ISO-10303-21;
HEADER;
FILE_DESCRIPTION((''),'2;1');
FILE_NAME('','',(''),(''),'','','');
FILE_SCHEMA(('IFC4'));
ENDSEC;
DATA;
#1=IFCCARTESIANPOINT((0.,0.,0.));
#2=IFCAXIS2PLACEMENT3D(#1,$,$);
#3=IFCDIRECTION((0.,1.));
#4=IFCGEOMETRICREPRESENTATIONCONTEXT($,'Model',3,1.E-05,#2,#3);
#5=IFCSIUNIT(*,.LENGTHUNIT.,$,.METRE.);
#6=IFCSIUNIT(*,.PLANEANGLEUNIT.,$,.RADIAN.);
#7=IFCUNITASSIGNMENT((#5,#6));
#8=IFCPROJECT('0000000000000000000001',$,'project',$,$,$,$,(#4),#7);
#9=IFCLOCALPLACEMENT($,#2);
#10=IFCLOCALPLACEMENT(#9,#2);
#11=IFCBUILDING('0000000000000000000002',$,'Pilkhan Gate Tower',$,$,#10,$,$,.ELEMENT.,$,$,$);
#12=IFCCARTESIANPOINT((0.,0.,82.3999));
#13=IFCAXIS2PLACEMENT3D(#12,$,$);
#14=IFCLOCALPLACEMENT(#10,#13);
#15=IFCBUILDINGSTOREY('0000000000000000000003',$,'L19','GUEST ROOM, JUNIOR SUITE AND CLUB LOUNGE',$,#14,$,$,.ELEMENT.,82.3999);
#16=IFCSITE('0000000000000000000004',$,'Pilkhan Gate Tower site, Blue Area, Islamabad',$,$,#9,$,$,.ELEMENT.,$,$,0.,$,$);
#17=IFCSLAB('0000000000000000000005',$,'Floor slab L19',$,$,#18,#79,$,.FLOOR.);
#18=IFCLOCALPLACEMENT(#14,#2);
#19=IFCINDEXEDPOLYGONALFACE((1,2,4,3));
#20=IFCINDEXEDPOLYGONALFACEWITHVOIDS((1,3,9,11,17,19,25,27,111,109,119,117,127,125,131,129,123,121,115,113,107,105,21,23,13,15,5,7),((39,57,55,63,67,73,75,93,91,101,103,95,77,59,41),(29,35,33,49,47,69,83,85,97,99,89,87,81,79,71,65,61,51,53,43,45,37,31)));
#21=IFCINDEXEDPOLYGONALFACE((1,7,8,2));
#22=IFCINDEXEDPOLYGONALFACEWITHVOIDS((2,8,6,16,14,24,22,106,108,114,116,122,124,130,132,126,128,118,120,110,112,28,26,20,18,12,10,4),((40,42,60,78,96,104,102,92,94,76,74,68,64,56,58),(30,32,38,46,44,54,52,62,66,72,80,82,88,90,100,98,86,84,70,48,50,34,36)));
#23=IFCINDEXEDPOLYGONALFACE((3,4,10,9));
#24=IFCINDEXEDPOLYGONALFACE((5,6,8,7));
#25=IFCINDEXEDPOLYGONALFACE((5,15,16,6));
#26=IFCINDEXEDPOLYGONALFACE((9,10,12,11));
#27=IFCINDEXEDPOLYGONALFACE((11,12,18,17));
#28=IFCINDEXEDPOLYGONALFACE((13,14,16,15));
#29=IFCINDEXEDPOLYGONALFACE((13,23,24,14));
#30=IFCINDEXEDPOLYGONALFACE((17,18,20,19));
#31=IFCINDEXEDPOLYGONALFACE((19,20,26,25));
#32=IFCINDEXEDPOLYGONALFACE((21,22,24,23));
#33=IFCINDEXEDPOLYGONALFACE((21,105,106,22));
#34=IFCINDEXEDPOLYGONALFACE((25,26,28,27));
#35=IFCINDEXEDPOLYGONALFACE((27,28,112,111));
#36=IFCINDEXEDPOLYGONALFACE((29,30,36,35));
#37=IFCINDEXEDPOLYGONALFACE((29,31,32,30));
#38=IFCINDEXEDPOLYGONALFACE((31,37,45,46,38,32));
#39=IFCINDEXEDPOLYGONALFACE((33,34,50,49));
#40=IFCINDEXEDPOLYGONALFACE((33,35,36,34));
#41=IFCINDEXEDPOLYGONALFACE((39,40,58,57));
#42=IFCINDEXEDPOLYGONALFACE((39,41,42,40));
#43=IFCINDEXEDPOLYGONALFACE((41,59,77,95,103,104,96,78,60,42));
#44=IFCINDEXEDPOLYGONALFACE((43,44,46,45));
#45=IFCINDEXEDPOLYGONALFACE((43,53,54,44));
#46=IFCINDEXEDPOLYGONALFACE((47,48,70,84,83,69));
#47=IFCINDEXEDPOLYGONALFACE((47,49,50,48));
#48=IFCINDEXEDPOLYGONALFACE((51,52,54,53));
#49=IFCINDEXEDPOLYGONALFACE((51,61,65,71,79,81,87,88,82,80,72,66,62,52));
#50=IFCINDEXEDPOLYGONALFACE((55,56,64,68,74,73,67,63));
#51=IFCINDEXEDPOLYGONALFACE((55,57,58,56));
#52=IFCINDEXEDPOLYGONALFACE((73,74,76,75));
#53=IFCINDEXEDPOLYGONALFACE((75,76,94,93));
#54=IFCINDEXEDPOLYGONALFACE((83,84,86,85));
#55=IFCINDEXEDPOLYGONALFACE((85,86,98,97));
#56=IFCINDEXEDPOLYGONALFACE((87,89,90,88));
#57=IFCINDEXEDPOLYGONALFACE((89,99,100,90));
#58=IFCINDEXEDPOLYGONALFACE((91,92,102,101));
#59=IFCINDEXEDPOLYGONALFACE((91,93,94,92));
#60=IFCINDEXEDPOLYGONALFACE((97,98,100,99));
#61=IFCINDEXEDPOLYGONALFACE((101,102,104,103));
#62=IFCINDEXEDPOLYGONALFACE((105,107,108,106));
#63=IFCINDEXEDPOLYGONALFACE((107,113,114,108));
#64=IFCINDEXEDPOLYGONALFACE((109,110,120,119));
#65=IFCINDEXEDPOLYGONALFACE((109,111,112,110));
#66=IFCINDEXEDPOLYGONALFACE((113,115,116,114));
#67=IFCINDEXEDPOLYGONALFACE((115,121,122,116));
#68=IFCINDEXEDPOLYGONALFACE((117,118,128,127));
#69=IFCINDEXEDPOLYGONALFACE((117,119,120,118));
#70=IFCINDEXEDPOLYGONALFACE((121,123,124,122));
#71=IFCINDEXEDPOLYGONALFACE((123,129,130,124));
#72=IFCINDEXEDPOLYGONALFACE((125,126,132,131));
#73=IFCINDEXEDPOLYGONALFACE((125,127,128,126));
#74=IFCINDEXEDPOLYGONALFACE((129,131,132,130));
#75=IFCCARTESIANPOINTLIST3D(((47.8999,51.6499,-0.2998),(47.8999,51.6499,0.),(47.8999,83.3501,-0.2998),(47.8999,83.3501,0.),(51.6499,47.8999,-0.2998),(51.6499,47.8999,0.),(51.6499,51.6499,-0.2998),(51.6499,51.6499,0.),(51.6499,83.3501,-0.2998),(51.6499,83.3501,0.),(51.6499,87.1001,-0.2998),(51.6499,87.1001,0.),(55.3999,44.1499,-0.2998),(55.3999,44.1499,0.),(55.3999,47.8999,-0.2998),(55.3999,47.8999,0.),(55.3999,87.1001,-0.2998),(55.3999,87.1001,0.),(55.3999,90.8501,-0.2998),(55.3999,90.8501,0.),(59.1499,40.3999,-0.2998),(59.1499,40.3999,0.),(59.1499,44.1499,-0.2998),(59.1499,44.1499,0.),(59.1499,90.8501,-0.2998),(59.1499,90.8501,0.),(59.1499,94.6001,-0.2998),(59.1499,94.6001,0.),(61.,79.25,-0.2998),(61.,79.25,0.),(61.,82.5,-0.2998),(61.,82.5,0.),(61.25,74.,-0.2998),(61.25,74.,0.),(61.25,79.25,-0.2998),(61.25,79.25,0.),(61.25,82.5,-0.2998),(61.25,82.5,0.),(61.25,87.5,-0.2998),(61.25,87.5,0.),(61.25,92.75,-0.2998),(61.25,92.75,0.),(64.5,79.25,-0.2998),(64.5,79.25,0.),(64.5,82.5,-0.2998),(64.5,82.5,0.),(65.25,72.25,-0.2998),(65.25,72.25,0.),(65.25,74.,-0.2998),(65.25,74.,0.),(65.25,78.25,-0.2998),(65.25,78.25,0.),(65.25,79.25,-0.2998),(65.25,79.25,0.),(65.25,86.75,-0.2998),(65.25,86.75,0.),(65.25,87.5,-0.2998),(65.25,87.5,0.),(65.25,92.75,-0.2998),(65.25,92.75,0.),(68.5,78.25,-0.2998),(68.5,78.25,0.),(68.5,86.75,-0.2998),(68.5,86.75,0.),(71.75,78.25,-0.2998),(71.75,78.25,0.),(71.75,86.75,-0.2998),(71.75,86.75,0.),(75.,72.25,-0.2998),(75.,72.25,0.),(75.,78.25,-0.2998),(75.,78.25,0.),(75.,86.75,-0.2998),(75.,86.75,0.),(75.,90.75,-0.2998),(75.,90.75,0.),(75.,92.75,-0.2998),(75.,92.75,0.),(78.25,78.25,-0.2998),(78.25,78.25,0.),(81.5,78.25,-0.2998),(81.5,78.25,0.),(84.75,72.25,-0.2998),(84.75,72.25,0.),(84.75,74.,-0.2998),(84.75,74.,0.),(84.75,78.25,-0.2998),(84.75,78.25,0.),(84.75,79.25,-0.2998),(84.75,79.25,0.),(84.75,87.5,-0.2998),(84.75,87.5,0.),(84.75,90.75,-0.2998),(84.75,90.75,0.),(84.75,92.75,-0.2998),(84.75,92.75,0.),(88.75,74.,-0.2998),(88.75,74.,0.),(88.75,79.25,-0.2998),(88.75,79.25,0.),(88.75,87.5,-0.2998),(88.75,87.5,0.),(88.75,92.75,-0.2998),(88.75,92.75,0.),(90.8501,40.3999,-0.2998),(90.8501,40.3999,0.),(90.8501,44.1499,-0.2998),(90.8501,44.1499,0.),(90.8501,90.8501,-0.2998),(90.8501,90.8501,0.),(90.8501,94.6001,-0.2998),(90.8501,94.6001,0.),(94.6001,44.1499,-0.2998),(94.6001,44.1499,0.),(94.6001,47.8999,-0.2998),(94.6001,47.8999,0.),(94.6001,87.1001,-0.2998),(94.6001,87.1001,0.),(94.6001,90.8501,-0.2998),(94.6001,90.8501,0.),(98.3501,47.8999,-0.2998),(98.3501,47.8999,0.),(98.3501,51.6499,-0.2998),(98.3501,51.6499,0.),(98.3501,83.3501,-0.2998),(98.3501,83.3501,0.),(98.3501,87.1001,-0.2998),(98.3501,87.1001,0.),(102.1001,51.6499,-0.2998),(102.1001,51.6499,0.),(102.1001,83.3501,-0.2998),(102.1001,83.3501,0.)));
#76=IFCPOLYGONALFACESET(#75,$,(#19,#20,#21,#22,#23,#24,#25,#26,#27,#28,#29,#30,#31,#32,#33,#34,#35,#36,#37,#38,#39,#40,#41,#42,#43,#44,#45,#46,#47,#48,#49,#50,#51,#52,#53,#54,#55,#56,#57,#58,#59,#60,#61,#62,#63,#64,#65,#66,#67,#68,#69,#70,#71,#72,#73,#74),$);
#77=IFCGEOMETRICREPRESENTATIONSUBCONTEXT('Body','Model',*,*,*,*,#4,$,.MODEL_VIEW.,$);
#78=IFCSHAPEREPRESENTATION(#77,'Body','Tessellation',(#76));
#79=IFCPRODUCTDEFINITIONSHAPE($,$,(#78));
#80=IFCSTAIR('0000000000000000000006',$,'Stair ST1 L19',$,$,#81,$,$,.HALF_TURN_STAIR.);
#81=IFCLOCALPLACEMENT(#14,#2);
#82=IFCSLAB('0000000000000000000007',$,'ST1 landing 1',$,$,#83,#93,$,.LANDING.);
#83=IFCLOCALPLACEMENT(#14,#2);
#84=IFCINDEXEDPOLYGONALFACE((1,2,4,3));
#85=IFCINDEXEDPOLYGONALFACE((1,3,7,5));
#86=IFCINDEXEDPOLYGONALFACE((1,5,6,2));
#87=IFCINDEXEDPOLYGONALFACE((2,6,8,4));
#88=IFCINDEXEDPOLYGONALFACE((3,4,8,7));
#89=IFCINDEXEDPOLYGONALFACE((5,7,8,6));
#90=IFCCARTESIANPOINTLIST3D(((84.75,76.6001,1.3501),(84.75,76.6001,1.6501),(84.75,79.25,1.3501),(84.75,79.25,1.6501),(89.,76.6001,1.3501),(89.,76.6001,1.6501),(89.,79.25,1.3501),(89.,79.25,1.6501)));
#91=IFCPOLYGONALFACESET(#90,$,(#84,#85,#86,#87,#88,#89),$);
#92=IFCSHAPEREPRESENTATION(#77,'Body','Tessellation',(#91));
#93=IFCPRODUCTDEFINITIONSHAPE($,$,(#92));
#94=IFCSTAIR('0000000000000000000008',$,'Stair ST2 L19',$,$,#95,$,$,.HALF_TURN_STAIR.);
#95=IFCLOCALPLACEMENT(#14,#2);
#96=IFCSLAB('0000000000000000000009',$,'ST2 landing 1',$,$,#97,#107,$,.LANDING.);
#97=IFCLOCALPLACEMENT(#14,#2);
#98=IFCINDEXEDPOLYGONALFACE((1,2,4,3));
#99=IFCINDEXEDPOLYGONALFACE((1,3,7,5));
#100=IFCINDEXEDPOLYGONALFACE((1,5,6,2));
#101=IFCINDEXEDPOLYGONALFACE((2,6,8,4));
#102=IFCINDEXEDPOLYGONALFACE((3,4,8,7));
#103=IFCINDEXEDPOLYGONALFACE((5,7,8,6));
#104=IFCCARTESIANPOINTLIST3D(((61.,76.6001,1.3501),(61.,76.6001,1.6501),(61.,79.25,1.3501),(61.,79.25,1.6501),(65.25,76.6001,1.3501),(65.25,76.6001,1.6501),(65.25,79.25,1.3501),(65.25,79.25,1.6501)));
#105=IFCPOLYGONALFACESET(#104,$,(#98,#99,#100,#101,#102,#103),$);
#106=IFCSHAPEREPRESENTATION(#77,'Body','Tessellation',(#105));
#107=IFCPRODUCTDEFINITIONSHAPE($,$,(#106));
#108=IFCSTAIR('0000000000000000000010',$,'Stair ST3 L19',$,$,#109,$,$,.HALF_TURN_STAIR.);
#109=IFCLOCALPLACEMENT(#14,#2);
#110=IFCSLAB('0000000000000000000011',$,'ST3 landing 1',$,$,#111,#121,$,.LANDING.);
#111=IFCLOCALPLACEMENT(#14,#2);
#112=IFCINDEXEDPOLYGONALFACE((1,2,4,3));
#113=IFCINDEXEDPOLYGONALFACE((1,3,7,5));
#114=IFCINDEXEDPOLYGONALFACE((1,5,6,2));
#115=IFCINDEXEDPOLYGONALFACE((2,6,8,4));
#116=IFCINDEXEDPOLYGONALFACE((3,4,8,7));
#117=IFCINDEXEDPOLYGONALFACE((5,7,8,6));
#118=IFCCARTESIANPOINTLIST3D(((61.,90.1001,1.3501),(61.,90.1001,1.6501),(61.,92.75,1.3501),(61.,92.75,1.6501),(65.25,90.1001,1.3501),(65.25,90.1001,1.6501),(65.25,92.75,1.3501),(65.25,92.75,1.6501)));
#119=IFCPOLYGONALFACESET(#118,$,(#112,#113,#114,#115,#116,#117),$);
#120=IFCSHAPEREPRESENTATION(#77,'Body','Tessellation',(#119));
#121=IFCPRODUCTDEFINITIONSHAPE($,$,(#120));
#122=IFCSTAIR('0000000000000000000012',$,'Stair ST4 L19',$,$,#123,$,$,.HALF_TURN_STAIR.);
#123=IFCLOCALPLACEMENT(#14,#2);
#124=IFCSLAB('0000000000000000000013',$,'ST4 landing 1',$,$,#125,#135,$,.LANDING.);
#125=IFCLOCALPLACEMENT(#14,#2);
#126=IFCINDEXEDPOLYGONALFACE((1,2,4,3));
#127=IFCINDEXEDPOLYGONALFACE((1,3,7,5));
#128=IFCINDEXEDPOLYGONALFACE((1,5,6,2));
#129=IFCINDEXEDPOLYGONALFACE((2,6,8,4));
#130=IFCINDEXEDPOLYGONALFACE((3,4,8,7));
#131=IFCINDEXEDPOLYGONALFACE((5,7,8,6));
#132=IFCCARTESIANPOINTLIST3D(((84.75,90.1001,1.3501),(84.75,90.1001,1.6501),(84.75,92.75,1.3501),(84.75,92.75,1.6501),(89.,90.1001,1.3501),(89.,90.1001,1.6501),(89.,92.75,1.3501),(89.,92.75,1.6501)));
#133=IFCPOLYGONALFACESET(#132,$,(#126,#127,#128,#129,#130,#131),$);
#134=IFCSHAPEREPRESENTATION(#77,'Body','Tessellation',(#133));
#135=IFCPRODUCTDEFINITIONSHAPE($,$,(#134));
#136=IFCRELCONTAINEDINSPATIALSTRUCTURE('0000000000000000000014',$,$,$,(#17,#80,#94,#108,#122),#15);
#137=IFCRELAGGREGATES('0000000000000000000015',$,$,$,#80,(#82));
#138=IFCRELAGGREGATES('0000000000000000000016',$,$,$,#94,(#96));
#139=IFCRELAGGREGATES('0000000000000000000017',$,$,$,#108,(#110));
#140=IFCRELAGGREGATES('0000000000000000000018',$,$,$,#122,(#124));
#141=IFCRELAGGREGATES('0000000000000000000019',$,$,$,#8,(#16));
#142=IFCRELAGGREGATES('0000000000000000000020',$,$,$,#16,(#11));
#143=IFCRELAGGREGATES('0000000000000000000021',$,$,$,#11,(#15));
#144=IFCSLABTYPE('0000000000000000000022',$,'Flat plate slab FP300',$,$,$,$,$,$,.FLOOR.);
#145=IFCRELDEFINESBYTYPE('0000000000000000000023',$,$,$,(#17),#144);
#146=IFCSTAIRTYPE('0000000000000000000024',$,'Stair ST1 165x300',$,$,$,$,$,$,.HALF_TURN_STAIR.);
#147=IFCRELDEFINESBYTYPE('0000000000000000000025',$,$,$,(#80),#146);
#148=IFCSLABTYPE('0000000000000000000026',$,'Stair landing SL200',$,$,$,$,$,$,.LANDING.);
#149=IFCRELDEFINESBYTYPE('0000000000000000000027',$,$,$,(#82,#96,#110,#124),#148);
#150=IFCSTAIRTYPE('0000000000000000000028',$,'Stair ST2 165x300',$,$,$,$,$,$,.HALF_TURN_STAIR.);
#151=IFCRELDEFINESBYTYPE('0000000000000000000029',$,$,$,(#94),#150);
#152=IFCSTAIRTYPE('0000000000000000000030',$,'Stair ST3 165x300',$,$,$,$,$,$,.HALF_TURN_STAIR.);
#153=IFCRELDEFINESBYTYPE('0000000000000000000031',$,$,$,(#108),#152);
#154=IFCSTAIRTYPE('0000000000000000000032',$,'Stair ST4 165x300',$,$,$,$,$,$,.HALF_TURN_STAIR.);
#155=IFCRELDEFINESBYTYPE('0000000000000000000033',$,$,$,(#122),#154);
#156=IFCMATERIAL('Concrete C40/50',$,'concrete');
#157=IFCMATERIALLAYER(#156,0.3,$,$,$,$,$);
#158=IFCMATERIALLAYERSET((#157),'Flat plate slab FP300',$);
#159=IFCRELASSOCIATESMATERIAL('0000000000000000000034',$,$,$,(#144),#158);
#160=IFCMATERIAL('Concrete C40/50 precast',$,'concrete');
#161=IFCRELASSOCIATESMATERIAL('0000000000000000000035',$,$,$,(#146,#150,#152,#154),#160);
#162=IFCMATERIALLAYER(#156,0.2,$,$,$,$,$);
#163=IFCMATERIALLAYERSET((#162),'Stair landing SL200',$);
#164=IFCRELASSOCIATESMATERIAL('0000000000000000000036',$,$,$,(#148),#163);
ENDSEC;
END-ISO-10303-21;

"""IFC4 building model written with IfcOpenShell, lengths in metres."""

from ifc_helpers import new_model, si_unit, direction, frame, origin, place, context, subcontext, project, spatial, polyline, outline, extrude, material, layer, layer_set, type_object, element, aggregate, save


model = new_model("IFC4")

# Units and contexts
model_context = context("Model", 3, precision=1e-05, world=origin(), true_north=direction((0.0, 1.0)))
body_context = subcontext(model_context, "Body", "Model", "MODEL_VIEW")
ifc_project = project(units=[si_unit("LENGTHUNIT", "METRE"), si_unit("PLANEANGLEUNIT", "RADIAN")], contexts=[model_context])

# Site, building, storey
site_placement = place(None, origin())
site = spatial("IfcSite", under=ifc_project, at=site_placement, Name="Pilkhan Gate Tower site, Blue Area, Islamabad", CompositionType="ELEMENT", RefElevation=0.0)
building_placement = place(site_placement, origin())
building = spatial("IfcBuilding", under=site, at=building_placement, Name="Pilkhan Gate Tower", CompositionType="ELEMENT")
storey_placement = place(building_placement, frame((0.0, 0.0, 82.3999)))
storey = spatial("IfcBuildingStorey", under=building, at=storey_placement, Name="L19", Description="GUEST ROOM, JUNIOR SUITE AND CLUB LOUNGE", CompositionType="ELEMENT", Elevation=82.3999)

# Slab
ifc_material_1 = material(Name="Concrete C40/50", Category="concrete")
ifc_layer_1 = layer(ifc_material_1, 0.3)
ifc_layer_set_1 = layer_set([ifc_layer_1], Name="Flat plate slab FP300")
slab_type_1 = type_object("IfcSlabType", Name="Flat plate slab FP300", PredefinedType="FLOOR", material=ifc_layer_set_1)
slab_1_placement = place(storey_placement, frame((0.0, 0.0, -0.2998)))
element("IfcSlab", 1, at=slab_1_placement, inside=storey, type_object=slab_type_1, Name="Floor slab L19", PredefinedType="FLOOR", context=body_context, shape_type="SweptSolid", body=[
    extrude(outline(polyline([(98.3501, 47.8999), (94.6001, 47.8999), (94.6001, 44.1499), (90.8501, 44.1499), (90.8501, 40.3999), (59.1499, 40.3999), (59.1499, 44.1499), (55.3999, 44.1499), (55.3999, 47.8999), (51.6499, 47.8999), (51.6499, 51.6499), (47.8999, 51.6499), (47.8999, 83.3501), (51.6499, 83.3501), (51.6499, 87.1001), (55.3999, 87.1001), (55.3999, 90.8501), (59.1499, 90.8501), (59.1499, 94.6001), (90.8501, 94.6001), (90.8501, 90.8501), (94.6001, 90.8501), (94.6001, 87.1001), (98.3501, 87.1001), (98.3501, 83.3501), (102.1001, 83.3501), (102.1001, 51.6499), (98.3501, 51.6499), (98.3501, 47.8999)]), holes=[polyline([(65.25, 87.5), (65.25, 86.75), (68.5, 86.75), (71.75, 86.75), (75.0, 86.75), (75.0, 90.75), (84.75, 90.75), (84.75, 87.5), (88.75, 87.5), (88.75, 92.75), (84.75, 92.75), (75.0, 92.75), (65.25, 92.75), (61.25, 92.75), (61.25, 87.5), (65.25, 87.5)]), polyline([(75.0, 72.25), (84.75, 72.25), (84.75, 74.0), (88.75, 74.0), (88.75, 79.25), (84.75, 79.25), (84.75, 78.25), (81.5, 78.25), (78.25, 78.25), (75.0, 78.25), (71.75, 78.25), (68.5, 78.25), (65.25, 78.25), (65.25, 79.25), (64.5, 79.25), (64.5, 82.5), (61.25, 82.5), (61.0, 82.5), (61.0, 79.25), (61.25, 79.25), (61.25, 74.0), (65.25, 74.0), (65.25, 72.25), (75.0, 72.25)])]), origin(), (0.0, 0.0, 1.0), 0.2998),
])

# Stairs, slabs
ifc_material_2 = material(Name="Concrete C40/50 precast", Category="concrete")
stair_type_1 = type_object("IfcStairType", Name="Stair ST1 165x300", PredefinedType="HALF_TURN_STAIR", material=ifc_material_2)
stair_1_placement = place(storey_placement, origin())
stair_1 = element("IfcStair", 2, at=stair_1_placement, inside=storey, type_object=stair_type_1, Name="Stair ST1 L19", PredefinedType="HALF_TURN_STAIR")
ifc_layer_2 = layer(ifc_material_1, 0.2)
ifc_layer_set_2 = layer_set([ifc_layer_2], Name="Stair landing SL200")
slab_type_2 = type_object("IfcSlabType", Name="Stair landing SL200", PredefinedType="LANDING", material=ifc_layer_set_2)
slab_2_placement = place(storey_placement, frame((0.0, 0.0, 1.3501)))
slab_2 = element("IfcSlab", 3, at=slab_2_placement, type_object=slab_type_2, Name="ST1 landing 1", PredefinedType="LANDING", context=body_context, shape_type="SweptSolid", body=[
    extrude(outline(polyline([(89.0, 76.6001), (89.0, 79.25), (84.75, 79.25), (84.75, 76.6001), (89.0, 76.6001)])), origin(), (0.0, 0.0, 1.0), 0.3),
])
aggregate(stair_1, [slab_2])
stair_type_2 = type_object("IfcStairType", Name="Stair ST2 165x300", PredefinedType="HALF_TURN_STAIR", material=ifc_material_2)
stair_2_placement = place(storey_placement, origin())
stair_2 = element("IfcStair", 4, at=stair_2_placement, inside=storey, type_object=stair_type_2, Name="Stair ST2 L19", PredefinedType="HALF_TURN_STAIR")
slab_3_placement = place(storey_placement, frame((0.0, 0.0, 1.3501)))
slab_3 = element("IfcSlab", 5, at=slab_3_placement, type_object=slab_type_2, Name="ST2 landing 1", PredefinedType="LANDING", context=body_context, shape_type="SweptSolid", body=[
    extrude(outline(polyline([(65.25, 76.6001), (65.25, 79.25), (61.0, 79.25), (61.0, 76.6001), (65.25, 76.6001)])), origin(), (0.0, 0.0, 1.0), 0.3),
])
aggregate(stair_2, [slab_3])
stair_type_3 = type_object("IfcStairType", Name="Stair ST3 165x300", PredefinedType="HALF_TURN_STAIR", material=ifc_material_2)
stair_3_placement = place(storey_placement, origin())
stair_3 = element("IfcStair", 6, at=stair_3_placement, inside=storey, type_object=stair_type_3, Name="Stair ST3 L19", PredefinedType="HALF_TURN_STAIR")
slab_4_placement = place(storey_placement, frame((0.0, 0.0, 1.3501)))
slab_4 = element("IfcSlab", 7, at=slab_4_placement, type_object=slab_type_2, Name="ST3 landing 1", PredefinedType="LANDING", context=body_context, shape_type="SweptSolid", body=[
    extrude(outline(polyline([(65.25, 90.1001), (65.25, 92.75), (61.0, 92.75), (61.0, 90.1001), (65.25, 90.1001)])), origin(), (0.0, 0.0, 1.0), 0.3),
])
aggregate(stair_3, [slab_4])
stair_type_4 = type_object("IfcStairType", Name="Stair ST4 165x300", PredefinedType="HALF_TURN_STAIR", material=ifc_material_2)
stair_4_placement = place(storey_placement, origin())
stair_4 = element("IfcStair", 8, at=stair_4_placement, inside=storey, type_object=stair_type_4, Name="Stair ST4 L19", PredefinedType="HALF_TURN_STAIR")
slab_5_placement = place(storey_placement, frame((0.0, 0.0, 1.3501)))
slab_5 = element("IfcSlab", 9, at=slab_5_placement, type_object=slab_type_2, Name="ST4 landing 1", PredefinedType="LANDING", context=body_context, shape_type="SweptSolid", body=[
    extrude(outline(polyline([(89.0, 90.1001), (89.0, 92.75), (84.75, 92.75), (84.75, 90.1001), (89.0, 90.1001)])), origin(), (0.0, 0.0, 1.0), 0.3),
])
aggregate(stair_4, [slab_5])

save(model, "model.ifc")
